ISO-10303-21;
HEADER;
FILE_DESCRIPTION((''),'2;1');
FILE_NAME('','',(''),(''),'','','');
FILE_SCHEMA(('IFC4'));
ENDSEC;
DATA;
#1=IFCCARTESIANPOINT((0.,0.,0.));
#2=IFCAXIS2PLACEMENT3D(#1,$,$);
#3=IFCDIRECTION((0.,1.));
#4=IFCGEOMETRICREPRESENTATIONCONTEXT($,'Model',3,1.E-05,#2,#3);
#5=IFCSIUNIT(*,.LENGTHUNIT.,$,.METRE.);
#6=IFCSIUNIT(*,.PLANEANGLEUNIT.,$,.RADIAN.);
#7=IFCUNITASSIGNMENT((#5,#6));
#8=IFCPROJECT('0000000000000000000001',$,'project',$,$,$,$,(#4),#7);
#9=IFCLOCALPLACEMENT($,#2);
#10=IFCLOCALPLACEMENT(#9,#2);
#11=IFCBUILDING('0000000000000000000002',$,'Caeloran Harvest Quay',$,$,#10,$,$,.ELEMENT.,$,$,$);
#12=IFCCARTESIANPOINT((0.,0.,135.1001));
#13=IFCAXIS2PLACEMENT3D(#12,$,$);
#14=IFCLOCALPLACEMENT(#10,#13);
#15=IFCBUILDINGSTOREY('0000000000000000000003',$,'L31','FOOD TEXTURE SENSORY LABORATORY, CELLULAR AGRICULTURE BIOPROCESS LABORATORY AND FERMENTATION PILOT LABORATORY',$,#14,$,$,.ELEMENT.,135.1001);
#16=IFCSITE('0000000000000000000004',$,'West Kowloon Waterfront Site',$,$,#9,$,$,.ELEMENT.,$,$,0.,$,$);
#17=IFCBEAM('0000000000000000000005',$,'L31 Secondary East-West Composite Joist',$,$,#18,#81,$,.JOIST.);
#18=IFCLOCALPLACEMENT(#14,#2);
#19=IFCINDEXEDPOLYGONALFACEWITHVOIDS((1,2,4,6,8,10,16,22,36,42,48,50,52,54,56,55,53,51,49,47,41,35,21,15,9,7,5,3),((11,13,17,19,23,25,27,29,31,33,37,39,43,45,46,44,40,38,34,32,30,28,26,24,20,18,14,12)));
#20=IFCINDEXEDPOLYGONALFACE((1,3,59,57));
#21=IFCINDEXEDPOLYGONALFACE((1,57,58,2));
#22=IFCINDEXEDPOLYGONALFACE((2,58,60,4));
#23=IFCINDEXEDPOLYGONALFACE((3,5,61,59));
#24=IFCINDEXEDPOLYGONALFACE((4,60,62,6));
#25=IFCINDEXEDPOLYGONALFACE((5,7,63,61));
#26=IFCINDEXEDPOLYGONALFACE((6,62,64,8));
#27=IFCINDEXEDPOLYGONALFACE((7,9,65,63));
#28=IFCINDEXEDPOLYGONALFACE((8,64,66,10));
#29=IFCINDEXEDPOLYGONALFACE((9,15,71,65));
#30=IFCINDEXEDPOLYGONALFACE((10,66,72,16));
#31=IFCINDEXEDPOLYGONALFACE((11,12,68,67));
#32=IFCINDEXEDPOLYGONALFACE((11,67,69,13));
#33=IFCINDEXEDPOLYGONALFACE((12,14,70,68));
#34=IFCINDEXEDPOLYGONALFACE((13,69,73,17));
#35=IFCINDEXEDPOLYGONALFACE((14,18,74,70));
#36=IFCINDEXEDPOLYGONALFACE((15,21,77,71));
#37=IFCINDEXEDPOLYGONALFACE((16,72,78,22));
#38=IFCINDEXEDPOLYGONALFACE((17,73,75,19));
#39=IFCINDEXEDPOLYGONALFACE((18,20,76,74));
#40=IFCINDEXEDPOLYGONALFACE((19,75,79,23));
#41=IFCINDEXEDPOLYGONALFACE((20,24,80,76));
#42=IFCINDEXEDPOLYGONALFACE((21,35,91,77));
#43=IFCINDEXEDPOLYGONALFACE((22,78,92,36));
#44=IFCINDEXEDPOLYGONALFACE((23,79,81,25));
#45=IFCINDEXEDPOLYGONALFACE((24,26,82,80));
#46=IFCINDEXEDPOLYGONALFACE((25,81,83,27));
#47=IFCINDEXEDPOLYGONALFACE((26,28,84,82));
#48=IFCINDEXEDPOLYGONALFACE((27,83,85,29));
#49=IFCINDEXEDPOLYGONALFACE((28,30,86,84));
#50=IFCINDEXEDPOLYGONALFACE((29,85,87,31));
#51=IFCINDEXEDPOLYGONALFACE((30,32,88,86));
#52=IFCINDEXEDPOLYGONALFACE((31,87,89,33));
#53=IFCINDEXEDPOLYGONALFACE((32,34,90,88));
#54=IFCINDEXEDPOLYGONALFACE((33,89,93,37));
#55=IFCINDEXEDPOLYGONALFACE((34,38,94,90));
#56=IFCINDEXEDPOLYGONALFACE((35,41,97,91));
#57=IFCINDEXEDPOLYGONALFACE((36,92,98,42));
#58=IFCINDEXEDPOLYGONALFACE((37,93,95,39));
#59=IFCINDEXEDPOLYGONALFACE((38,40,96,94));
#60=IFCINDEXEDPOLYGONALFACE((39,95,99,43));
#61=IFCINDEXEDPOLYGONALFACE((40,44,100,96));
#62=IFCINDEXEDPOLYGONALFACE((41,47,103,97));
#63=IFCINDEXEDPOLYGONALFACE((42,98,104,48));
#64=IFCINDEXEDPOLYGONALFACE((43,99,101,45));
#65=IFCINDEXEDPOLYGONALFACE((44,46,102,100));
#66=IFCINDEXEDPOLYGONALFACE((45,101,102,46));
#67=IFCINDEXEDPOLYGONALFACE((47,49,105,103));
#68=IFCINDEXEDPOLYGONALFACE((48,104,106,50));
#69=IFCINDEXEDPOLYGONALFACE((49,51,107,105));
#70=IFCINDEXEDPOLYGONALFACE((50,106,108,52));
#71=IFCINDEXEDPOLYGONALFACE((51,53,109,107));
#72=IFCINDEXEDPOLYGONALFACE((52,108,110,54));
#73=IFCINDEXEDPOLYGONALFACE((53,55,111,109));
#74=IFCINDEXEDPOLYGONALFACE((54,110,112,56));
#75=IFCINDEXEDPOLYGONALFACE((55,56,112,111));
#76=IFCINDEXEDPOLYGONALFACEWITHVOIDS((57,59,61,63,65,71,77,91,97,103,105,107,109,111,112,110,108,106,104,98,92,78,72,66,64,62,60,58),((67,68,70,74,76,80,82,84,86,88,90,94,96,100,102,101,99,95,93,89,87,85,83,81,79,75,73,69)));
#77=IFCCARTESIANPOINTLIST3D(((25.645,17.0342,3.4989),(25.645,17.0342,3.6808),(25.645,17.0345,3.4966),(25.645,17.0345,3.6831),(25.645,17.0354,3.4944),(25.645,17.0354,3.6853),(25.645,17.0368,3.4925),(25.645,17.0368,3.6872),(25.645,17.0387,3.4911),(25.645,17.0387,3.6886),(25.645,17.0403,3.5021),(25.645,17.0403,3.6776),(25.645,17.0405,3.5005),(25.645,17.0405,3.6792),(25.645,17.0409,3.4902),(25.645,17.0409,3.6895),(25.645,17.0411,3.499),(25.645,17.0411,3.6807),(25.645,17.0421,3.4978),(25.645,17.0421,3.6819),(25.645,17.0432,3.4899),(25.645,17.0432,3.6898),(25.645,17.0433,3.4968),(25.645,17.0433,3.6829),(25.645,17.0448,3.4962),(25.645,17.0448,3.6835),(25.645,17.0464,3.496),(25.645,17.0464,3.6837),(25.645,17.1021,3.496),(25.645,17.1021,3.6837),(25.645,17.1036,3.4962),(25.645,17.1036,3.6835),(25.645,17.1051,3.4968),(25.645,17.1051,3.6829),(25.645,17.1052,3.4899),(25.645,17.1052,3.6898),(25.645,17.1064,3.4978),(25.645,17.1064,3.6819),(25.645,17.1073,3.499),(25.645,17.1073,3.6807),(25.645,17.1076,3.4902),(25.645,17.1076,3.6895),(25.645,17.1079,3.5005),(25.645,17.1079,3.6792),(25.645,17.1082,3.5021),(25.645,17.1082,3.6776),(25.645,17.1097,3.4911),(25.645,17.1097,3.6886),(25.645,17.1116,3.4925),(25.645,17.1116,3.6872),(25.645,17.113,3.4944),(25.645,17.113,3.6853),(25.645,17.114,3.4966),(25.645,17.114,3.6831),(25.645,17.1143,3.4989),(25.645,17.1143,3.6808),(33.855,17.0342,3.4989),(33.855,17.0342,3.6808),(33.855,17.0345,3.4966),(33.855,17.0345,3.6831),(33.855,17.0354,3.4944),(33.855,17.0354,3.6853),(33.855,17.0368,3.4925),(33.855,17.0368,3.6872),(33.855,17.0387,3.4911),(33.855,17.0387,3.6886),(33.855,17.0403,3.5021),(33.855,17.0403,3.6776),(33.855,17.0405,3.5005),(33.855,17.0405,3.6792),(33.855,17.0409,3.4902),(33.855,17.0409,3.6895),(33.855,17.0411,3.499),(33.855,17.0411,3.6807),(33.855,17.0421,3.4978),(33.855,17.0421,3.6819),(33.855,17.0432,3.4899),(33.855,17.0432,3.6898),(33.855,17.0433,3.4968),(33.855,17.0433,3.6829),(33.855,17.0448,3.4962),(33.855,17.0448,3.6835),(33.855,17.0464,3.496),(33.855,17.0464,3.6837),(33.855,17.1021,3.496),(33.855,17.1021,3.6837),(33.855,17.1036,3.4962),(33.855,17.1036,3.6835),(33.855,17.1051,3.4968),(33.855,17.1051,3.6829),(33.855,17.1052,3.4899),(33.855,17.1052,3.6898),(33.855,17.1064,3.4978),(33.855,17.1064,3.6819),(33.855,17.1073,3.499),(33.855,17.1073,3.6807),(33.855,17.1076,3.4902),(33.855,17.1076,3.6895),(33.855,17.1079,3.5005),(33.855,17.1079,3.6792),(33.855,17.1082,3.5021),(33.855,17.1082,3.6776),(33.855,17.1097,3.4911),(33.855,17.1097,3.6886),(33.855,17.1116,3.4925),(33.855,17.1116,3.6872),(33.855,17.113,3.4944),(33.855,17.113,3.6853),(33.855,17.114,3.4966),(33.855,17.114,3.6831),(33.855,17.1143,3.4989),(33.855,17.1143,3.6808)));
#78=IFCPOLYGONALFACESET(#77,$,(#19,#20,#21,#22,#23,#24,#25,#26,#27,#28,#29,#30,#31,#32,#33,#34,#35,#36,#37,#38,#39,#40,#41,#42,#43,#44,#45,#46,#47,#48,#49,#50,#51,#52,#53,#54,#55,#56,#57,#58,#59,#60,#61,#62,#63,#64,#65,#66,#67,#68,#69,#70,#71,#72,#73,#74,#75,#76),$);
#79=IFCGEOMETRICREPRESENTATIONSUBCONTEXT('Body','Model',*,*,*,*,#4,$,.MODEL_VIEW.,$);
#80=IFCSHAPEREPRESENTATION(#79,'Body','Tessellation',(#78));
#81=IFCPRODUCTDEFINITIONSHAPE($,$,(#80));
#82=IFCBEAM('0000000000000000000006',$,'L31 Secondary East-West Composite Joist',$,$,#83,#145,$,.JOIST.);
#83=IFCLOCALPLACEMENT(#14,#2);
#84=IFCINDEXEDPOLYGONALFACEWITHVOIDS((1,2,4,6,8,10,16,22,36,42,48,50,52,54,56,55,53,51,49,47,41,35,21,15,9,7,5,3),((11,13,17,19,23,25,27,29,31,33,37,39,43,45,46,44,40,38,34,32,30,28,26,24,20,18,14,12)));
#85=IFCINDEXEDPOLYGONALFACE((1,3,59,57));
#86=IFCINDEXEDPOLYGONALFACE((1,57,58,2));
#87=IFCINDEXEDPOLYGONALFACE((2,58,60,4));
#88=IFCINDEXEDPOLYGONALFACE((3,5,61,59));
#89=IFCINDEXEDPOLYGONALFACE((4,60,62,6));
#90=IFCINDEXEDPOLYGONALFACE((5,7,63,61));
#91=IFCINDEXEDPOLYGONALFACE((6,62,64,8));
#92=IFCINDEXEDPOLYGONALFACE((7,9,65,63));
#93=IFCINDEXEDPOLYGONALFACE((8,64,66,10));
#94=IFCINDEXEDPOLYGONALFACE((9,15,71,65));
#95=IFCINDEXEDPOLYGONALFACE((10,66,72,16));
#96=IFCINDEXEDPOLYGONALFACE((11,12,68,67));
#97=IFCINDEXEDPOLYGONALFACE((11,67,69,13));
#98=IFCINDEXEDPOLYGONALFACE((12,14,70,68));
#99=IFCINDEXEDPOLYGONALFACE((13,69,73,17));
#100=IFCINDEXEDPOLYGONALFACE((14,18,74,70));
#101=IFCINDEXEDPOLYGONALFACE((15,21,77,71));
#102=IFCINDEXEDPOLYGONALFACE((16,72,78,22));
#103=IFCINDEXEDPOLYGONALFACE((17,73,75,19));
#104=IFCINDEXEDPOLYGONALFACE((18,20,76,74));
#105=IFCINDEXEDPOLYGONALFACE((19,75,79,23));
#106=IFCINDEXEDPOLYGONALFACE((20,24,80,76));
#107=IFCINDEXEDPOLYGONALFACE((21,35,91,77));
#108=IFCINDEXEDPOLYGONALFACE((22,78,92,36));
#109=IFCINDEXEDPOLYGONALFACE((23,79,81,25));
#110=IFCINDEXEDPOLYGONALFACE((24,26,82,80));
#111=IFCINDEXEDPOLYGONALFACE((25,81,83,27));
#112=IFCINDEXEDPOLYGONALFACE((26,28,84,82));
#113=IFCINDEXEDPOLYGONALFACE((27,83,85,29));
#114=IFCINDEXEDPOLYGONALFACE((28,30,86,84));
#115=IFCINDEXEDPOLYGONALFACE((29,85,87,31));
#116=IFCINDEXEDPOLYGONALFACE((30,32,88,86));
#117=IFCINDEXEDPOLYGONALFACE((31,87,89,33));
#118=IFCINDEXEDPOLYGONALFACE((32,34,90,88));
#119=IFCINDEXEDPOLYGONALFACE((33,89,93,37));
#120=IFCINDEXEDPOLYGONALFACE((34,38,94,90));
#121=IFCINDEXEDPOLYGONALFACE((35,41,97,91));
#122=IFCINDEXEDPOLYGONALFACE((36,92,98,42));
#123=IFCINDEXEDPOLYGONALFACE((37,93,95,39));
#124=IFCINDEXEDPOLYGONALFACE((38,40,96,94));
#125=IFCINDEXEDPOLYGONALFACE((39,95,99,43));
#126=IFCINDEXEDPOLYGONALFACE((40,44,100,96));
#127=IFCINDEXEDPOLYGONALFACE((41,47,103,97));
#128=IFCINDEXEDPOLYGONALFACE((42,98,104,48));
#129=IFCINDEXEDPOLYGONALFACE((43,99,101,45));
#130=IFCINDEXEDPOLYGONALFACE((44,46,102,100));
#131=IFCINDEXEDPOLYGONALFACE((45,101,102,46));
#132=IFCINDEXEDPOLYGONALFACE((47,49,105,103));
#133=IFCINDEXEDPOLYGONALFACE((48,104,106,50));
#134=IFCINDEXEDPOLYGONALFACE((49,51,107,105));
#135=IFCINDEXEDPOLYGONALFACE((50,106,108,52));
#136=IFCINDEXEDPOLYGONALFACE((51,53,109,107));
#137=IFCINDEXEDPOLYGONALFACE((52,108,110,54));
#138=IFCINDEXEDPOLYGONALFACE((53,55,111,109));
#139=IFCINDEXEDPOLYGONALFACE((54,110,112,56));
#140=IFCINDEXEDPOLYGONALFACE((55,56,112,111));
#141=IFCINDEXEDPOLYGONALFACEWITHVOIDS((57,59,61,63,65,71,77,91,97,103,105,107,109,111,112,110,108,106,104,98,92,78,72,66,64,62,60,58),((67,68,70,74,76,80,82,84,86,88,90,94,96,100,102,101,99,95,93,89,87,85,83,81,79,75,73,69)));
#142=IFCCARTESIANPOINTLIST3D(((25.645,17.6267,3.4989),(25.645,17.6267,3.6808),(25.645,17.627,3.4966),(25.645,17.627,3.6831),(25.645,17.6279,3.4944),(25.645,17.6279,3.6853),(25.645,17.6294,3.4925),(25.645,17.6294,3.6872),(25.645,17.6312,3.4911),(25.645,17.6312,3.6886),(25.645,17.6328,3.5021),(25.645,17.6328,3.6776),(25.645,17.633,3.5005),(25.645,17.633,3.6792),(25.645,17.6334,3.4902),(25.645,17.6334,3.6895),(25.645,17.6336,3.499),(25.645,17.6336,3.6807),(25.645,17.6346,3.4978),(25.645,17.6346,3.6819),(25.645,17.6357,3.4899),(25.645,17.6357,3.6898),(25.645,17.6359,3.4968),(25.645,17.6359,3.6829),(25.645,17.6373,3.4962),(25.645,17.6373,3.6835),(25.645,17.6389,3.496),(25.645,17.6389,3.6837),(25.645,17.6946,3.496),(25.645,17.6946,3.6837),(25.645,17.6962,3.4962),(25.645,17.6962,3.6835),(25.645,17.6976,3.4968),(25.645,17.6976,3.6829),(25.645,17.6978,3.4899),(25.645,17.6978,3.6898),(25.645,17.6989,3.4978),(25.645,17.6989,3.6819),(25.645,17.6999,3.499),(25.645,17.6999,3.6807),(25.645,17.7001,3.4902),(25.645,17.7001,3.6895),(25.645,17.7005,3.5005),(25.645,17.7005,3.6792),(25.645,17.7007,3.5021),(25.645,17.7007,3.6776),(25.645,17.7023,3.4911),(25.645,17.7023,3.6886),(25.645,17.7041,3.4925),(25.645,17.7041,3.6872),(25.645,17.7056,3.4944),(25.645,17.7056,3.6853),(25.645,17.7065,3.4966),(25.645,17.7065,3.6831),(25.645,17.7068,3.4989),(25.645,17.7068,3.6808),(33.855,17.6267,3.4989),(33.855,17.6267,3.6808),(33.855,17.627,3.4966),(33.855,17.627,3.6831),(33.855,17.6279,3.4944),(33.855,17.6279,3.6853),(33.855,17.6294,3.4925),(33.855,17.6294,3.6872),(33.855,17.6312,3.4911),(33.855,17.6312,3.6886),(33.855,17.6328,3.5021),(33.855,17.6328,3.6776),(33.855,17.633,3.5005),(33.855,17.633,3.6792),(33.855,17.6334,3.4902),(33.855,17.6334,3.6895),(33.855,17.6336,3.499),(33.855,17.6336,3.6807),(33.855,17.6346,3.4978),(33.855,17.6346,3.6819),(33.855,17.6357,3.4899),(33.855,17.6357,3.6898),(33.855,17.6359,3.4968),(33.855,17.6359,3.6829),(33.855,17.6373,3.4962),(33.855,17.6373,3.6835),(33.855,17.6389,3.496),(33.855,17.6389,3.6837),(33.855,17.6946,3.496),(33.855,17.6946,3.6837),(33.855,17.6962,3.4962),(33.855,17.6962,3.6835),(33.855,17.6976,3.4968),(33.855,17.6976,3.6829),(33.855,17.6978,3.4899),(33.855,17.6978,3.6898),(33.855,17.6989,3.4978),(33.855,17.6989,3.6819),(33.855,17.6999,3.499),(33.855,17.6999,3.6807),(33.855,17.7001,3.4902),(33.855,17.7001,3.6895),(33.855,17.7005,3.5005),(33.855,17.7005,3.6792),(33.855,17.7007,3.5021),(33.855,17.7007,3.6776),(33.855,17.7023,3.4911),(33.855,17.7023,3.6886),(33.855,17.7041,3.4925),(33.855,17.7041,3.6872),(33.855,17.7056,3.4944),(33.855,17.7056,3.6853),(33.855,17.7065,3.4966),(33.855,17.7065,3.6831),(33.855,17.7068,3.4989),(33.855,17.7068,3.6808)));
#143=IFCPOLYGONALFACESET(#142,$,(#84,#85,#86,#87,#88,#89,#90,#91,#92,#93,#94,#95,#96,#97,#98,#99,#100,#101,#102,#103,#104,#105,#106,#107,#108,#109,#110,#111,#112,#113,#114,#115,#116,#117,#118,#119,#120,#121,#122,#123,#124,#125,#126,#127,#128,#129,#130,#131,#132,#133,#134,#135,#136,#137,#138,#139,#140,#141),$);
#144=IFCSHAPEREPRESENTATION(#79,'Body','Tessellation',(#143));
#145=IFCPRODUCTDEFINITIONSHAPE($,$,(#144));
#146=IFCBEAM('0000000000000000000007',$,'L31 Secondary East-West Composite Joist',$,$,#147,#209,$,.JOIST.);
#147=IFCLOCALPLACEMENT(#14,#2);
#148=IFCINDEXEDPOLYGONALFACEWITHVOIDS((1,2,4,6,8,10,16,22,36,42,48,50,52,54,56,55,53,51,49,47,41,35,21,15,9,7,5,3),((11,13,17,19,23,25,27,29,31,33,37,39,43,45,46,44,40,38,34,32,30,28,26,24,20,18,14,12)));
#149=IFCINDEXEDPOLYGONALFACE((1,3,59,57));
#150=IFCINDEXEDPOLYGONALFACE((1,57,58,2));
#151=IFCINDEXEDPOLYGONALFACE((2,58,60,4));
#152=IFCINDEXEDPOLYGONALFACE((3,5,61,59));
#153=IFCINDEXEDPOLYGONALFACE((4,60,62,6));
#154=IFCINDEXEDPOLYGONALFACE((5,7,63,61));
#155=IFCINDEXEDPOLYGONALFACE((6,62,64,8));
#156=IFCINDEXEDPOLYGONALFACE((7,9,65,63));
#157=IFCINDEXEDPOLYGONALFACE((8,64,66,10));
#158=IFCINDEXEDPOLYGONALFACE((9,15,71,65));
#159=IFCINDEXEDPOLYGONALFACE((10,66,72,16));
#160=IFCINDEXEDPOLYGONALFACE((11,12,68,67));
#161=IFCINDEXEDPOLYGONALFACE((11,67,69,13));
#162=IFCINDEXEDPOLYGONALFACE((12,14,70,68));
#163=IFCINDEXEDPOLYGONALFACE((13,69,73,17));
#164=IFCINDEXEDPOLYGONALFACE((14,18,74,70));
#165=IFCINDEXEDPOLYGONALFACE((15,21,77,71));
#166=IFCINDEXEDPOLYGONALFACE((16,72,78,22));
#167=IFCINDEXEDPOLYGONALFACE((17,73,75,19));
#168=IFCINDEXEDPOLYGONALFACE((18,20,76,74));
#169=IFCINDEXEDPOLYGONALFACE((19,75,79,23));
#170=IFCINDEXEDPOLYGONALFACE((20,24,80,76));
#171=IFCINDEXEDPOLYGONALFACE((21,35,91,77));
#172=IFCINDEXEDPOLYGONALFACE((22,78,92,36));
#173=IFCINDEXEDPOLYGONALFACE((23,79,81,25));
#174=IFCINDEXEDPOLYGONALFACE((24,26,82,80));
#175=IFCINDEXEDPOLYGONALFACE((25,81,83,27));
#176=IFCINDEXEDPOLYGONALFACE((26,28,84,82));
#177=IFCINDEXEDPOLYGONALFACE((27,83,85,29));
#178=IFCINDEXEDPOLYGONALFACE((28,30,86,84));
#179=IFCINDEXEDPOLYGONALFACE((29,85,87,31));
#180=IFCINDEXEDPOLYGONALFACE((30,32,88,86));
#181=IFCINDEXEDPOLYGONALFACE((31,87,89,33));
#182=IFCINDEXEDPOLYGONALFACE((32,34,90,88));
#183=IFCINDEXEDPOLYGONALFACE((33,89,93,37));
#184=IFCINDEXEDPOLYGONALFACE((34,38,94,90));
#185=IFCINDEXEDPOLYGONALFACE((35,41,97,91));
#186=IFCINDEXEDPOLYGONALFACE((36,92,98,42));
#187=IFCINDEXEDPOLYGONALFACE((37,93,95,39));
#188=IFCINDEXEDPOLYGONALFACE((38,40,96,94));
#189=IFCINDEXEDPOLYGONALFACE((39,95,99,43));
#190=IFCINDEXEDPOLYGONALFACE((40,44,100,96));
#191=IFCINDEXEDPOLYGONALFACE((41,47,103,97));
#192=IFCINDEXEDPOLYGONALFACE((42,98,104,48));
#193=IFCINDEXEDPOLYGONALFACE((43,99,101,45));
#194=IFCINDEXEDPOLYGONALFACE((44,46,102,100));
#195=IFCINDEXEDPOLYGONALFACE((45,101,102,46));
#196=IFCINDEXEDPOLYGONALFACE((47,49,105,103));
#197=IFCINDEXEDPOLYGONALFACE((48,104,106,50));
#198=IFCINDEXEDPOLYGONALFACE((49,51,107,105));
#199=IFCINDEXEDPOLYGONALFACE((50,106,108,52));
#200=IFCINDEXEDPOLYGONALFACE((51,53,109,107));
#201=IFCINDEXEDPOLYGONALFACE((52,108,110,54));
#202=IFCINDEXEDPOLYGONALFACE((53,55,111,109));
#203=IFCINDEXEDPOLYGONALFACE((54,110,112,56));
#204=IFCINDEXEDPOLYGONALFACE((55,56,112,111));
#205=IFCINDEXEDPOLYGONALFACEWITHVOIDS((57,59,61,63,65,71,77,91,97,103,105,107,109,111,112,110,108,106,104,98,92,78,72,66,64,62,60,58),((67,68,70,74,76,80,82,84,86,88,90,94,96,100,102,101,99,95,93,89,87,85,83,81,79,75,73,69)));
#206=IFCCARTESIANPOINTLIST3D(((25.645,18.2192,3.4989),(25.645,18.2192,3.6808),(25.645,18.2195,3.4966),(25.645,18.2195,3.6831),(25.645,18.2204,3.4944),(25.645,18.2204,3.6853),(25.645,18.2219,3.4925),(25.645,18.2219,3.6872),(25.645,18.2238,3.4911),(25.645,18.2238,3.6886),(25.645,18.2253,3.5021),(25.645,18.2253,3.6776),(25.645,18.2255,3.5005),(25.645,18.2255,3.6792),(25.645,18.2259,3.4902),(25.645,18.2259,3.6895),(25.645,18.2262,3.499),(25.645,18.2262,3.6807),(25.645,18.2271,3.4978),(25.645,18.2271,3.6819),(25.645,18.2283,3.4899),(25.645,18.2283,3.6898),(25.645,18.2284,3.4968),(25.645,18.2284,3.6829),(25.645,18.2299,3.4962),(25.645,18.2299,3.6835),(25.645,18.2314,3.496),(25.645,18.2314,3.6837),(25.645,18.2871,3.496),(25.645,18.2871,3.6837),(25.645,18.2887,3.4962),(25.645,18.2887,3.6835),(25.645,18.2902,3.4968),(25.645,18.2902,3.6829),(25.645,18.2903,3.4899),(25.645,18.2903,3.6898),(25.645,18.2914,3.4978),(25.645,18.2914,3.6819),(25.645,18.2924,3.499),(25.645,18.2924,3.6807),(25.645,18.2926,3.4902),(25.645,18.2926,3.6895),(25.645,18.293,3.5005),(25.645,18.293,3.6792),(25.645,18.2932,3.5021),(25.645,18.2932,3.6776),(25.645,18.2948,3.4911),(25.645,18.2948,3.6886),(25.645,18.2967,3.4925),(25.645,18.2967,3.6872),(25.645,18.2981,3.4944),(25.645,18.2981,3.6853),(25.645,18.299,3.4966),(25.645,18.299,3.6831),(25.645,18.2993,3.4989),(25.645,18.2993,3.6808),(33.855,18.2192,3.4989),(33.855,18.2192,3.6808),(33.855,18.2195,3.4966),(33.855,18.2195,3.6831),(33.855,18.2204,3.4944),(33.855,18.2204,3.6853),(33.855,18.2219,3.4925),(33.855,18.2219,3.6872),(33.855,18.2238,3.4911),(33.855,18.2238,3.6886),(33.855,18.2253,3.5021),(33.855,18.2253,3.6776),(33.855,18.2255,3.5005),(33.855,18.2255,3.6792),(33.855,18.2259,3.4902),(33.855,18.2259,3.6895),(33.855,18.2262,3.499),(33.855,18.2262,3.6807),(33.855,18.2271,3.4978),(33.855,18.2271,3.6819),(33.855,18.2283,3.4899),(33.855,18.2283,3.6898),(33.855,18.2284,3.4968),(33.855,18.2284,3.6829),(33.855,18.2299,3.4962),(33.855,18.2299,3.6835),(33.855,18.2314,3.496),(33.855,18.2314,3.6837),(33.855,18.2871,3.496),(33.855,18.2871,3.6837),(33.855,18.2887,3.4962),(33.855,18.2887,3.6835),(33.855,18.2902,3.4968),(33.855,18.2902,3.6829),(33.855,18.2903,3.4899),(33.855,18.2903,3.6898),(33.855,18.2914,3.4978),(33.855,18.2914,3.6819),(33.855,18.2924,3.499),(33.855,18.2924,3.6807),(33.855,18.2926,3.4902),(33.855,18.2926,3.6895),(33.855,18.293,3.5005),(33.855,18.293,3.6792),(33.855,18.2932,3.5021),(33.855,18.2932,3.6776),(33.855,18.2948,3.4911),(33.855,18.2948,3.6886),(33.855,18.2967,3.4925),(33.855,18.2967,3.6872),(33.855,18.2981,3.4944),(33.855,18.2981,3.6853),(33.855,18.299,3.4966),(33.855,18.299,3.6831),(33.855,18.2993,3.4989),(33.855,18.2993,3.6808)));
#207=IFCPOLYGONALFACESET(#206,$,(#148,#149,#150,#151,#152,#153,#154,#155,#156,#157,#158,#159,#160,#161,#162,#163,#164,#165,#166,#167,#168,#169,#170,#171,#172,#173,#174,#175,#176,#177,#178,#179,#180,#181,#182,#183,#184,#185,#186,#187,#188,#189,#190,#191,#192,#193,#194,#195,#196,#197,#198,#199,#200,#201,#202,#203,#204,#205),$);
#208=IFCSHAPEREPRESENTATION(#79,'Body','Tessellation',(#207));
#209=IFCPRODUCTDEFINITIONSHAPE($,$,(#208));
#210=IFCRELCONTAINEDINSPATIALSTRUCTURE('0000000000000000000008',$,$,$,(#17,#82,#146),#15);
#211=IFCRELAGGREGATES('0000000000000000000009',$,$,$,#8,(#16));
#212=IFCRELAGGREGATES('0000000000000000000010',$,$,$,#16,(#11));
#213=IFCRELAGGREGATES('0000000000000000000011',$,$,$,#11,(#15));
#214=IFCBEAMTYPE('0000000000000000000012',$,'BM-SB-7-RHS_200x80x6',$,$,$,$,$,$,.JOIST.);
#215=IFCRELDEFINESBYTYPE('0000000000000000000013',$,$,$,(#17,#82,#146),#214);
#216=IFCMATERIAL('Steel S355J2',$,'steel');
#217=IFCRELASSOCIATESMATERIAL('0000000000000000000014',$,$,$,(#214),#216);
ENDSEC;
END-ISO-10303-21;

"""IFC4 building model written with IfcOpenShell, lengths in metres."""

from ifc_helpers import new_model, si_unit, direction, frame, origin, origin_2d, place, context, subcontext, project, spatial, hollow_rectangle, extrude, material, material_profile, profile_set, type_object, element, save


model = new_model("IFC4")

# Units and contexts
model_context = context("Model", 3, precision=1e-05, world=origin(), true_north=direction((0.0, 1.0)))
body_context = subcontext(model_context, "Body", "Model", "MODEL_VIEW")
ifc_project = project(units=[si_unit("LENGTHUNIT", "METRE"), si_unit("PLANEANGLEUNIT", "RADIAN")], contexts=[model_context])

# Site, building, storey
site_placement = place(None, origin())
site = spatial("IfcSite", under=ifc_project, at=site_placement, Name="West Kowloon Waterfront Site", CompositionType="ELEMENT", RefElevation=0.0)
building_placement = place(site_placement, origin())
building = spatial("IfcBuilding", under=site, at=building_placement, Name="Caeloran Harvest Quay", CompositionType="ELEMENT")
storey_placement = place(building_placement, frame((0.0, 0.0, 135.1001)))
storey = spatial("IfcBuildingStorey", under=building, at=storey_placement, Name="L31", Description="FOOD TEXTURE SENSORY LABORATORY, CELLULAR AGRICULTURE BIOPROCESS LABORATORY AND FERMENTATION PILOT LABORATORY", CompositionType="ELEMENT", Elevation=135.1001)

# Beams
ifc_material_1 = material(Name="Steel S355J2", Category="steel")
ifc_material_profile_1 = material_profile(ifc_material_1, hollow_rectangle(XDim=0.0801, YDim=0.2, WallThickness=0.0061, InnerFilletRadius=0.0061, OuterFilletRadius=0.009, at=origin_2d()), Name="RHS 200x80x6")
ifc_profile_set_1 = profile_set([ifc_material_profile_1], Name="Steel S355J2")
beam_type_1 = type_object("IfcBeamType", Name="BM-SB-7-RHS_200x80x6", PredefinedType="JOIST", material=ifc_profile_set_1)
for number, where, z_axis, x_axis, name in (
    (1, (25.645, 17.0742, 3.5898), (1.0, 0.0, 0.0), (0.0, 1.0, 0.0), "L31 Secondary East-West Composite Joist"),
    (2, (25.645, 17.6667, 3.5898), (1.0, 0.0, 0.0), (0.0, 1.0, 0.0), "L31 Secondary East-West Composite Joist"),
    (3, (25.645, 18.2593, 3.5898), (1.0, 0.0, 0.0), (0.0, 1.0, 0.0), "L31 Secondary East-West Composite Joist"),
):
    element("IfcBeam", number, at=place(storey_placement, frame(where, z_axis=z_axis, x_axis=x_axis)), inside=storey, type_object=beam_type_1, Name=name, PredefinedType="JOIST", context=body_context, shape_type="SweptSolid", body=[
        extrude(hollow_rectangle(XDim=0.0801, YDim=0.2, WallThickness=0.0061, InnerFilletRadius=0.0061, OuterFilletRadius=0.009, at=origin_2d()), origin(), (0.0, 0.0, 1.0), 8.21),
    ])

save(model, "model.ifc")
